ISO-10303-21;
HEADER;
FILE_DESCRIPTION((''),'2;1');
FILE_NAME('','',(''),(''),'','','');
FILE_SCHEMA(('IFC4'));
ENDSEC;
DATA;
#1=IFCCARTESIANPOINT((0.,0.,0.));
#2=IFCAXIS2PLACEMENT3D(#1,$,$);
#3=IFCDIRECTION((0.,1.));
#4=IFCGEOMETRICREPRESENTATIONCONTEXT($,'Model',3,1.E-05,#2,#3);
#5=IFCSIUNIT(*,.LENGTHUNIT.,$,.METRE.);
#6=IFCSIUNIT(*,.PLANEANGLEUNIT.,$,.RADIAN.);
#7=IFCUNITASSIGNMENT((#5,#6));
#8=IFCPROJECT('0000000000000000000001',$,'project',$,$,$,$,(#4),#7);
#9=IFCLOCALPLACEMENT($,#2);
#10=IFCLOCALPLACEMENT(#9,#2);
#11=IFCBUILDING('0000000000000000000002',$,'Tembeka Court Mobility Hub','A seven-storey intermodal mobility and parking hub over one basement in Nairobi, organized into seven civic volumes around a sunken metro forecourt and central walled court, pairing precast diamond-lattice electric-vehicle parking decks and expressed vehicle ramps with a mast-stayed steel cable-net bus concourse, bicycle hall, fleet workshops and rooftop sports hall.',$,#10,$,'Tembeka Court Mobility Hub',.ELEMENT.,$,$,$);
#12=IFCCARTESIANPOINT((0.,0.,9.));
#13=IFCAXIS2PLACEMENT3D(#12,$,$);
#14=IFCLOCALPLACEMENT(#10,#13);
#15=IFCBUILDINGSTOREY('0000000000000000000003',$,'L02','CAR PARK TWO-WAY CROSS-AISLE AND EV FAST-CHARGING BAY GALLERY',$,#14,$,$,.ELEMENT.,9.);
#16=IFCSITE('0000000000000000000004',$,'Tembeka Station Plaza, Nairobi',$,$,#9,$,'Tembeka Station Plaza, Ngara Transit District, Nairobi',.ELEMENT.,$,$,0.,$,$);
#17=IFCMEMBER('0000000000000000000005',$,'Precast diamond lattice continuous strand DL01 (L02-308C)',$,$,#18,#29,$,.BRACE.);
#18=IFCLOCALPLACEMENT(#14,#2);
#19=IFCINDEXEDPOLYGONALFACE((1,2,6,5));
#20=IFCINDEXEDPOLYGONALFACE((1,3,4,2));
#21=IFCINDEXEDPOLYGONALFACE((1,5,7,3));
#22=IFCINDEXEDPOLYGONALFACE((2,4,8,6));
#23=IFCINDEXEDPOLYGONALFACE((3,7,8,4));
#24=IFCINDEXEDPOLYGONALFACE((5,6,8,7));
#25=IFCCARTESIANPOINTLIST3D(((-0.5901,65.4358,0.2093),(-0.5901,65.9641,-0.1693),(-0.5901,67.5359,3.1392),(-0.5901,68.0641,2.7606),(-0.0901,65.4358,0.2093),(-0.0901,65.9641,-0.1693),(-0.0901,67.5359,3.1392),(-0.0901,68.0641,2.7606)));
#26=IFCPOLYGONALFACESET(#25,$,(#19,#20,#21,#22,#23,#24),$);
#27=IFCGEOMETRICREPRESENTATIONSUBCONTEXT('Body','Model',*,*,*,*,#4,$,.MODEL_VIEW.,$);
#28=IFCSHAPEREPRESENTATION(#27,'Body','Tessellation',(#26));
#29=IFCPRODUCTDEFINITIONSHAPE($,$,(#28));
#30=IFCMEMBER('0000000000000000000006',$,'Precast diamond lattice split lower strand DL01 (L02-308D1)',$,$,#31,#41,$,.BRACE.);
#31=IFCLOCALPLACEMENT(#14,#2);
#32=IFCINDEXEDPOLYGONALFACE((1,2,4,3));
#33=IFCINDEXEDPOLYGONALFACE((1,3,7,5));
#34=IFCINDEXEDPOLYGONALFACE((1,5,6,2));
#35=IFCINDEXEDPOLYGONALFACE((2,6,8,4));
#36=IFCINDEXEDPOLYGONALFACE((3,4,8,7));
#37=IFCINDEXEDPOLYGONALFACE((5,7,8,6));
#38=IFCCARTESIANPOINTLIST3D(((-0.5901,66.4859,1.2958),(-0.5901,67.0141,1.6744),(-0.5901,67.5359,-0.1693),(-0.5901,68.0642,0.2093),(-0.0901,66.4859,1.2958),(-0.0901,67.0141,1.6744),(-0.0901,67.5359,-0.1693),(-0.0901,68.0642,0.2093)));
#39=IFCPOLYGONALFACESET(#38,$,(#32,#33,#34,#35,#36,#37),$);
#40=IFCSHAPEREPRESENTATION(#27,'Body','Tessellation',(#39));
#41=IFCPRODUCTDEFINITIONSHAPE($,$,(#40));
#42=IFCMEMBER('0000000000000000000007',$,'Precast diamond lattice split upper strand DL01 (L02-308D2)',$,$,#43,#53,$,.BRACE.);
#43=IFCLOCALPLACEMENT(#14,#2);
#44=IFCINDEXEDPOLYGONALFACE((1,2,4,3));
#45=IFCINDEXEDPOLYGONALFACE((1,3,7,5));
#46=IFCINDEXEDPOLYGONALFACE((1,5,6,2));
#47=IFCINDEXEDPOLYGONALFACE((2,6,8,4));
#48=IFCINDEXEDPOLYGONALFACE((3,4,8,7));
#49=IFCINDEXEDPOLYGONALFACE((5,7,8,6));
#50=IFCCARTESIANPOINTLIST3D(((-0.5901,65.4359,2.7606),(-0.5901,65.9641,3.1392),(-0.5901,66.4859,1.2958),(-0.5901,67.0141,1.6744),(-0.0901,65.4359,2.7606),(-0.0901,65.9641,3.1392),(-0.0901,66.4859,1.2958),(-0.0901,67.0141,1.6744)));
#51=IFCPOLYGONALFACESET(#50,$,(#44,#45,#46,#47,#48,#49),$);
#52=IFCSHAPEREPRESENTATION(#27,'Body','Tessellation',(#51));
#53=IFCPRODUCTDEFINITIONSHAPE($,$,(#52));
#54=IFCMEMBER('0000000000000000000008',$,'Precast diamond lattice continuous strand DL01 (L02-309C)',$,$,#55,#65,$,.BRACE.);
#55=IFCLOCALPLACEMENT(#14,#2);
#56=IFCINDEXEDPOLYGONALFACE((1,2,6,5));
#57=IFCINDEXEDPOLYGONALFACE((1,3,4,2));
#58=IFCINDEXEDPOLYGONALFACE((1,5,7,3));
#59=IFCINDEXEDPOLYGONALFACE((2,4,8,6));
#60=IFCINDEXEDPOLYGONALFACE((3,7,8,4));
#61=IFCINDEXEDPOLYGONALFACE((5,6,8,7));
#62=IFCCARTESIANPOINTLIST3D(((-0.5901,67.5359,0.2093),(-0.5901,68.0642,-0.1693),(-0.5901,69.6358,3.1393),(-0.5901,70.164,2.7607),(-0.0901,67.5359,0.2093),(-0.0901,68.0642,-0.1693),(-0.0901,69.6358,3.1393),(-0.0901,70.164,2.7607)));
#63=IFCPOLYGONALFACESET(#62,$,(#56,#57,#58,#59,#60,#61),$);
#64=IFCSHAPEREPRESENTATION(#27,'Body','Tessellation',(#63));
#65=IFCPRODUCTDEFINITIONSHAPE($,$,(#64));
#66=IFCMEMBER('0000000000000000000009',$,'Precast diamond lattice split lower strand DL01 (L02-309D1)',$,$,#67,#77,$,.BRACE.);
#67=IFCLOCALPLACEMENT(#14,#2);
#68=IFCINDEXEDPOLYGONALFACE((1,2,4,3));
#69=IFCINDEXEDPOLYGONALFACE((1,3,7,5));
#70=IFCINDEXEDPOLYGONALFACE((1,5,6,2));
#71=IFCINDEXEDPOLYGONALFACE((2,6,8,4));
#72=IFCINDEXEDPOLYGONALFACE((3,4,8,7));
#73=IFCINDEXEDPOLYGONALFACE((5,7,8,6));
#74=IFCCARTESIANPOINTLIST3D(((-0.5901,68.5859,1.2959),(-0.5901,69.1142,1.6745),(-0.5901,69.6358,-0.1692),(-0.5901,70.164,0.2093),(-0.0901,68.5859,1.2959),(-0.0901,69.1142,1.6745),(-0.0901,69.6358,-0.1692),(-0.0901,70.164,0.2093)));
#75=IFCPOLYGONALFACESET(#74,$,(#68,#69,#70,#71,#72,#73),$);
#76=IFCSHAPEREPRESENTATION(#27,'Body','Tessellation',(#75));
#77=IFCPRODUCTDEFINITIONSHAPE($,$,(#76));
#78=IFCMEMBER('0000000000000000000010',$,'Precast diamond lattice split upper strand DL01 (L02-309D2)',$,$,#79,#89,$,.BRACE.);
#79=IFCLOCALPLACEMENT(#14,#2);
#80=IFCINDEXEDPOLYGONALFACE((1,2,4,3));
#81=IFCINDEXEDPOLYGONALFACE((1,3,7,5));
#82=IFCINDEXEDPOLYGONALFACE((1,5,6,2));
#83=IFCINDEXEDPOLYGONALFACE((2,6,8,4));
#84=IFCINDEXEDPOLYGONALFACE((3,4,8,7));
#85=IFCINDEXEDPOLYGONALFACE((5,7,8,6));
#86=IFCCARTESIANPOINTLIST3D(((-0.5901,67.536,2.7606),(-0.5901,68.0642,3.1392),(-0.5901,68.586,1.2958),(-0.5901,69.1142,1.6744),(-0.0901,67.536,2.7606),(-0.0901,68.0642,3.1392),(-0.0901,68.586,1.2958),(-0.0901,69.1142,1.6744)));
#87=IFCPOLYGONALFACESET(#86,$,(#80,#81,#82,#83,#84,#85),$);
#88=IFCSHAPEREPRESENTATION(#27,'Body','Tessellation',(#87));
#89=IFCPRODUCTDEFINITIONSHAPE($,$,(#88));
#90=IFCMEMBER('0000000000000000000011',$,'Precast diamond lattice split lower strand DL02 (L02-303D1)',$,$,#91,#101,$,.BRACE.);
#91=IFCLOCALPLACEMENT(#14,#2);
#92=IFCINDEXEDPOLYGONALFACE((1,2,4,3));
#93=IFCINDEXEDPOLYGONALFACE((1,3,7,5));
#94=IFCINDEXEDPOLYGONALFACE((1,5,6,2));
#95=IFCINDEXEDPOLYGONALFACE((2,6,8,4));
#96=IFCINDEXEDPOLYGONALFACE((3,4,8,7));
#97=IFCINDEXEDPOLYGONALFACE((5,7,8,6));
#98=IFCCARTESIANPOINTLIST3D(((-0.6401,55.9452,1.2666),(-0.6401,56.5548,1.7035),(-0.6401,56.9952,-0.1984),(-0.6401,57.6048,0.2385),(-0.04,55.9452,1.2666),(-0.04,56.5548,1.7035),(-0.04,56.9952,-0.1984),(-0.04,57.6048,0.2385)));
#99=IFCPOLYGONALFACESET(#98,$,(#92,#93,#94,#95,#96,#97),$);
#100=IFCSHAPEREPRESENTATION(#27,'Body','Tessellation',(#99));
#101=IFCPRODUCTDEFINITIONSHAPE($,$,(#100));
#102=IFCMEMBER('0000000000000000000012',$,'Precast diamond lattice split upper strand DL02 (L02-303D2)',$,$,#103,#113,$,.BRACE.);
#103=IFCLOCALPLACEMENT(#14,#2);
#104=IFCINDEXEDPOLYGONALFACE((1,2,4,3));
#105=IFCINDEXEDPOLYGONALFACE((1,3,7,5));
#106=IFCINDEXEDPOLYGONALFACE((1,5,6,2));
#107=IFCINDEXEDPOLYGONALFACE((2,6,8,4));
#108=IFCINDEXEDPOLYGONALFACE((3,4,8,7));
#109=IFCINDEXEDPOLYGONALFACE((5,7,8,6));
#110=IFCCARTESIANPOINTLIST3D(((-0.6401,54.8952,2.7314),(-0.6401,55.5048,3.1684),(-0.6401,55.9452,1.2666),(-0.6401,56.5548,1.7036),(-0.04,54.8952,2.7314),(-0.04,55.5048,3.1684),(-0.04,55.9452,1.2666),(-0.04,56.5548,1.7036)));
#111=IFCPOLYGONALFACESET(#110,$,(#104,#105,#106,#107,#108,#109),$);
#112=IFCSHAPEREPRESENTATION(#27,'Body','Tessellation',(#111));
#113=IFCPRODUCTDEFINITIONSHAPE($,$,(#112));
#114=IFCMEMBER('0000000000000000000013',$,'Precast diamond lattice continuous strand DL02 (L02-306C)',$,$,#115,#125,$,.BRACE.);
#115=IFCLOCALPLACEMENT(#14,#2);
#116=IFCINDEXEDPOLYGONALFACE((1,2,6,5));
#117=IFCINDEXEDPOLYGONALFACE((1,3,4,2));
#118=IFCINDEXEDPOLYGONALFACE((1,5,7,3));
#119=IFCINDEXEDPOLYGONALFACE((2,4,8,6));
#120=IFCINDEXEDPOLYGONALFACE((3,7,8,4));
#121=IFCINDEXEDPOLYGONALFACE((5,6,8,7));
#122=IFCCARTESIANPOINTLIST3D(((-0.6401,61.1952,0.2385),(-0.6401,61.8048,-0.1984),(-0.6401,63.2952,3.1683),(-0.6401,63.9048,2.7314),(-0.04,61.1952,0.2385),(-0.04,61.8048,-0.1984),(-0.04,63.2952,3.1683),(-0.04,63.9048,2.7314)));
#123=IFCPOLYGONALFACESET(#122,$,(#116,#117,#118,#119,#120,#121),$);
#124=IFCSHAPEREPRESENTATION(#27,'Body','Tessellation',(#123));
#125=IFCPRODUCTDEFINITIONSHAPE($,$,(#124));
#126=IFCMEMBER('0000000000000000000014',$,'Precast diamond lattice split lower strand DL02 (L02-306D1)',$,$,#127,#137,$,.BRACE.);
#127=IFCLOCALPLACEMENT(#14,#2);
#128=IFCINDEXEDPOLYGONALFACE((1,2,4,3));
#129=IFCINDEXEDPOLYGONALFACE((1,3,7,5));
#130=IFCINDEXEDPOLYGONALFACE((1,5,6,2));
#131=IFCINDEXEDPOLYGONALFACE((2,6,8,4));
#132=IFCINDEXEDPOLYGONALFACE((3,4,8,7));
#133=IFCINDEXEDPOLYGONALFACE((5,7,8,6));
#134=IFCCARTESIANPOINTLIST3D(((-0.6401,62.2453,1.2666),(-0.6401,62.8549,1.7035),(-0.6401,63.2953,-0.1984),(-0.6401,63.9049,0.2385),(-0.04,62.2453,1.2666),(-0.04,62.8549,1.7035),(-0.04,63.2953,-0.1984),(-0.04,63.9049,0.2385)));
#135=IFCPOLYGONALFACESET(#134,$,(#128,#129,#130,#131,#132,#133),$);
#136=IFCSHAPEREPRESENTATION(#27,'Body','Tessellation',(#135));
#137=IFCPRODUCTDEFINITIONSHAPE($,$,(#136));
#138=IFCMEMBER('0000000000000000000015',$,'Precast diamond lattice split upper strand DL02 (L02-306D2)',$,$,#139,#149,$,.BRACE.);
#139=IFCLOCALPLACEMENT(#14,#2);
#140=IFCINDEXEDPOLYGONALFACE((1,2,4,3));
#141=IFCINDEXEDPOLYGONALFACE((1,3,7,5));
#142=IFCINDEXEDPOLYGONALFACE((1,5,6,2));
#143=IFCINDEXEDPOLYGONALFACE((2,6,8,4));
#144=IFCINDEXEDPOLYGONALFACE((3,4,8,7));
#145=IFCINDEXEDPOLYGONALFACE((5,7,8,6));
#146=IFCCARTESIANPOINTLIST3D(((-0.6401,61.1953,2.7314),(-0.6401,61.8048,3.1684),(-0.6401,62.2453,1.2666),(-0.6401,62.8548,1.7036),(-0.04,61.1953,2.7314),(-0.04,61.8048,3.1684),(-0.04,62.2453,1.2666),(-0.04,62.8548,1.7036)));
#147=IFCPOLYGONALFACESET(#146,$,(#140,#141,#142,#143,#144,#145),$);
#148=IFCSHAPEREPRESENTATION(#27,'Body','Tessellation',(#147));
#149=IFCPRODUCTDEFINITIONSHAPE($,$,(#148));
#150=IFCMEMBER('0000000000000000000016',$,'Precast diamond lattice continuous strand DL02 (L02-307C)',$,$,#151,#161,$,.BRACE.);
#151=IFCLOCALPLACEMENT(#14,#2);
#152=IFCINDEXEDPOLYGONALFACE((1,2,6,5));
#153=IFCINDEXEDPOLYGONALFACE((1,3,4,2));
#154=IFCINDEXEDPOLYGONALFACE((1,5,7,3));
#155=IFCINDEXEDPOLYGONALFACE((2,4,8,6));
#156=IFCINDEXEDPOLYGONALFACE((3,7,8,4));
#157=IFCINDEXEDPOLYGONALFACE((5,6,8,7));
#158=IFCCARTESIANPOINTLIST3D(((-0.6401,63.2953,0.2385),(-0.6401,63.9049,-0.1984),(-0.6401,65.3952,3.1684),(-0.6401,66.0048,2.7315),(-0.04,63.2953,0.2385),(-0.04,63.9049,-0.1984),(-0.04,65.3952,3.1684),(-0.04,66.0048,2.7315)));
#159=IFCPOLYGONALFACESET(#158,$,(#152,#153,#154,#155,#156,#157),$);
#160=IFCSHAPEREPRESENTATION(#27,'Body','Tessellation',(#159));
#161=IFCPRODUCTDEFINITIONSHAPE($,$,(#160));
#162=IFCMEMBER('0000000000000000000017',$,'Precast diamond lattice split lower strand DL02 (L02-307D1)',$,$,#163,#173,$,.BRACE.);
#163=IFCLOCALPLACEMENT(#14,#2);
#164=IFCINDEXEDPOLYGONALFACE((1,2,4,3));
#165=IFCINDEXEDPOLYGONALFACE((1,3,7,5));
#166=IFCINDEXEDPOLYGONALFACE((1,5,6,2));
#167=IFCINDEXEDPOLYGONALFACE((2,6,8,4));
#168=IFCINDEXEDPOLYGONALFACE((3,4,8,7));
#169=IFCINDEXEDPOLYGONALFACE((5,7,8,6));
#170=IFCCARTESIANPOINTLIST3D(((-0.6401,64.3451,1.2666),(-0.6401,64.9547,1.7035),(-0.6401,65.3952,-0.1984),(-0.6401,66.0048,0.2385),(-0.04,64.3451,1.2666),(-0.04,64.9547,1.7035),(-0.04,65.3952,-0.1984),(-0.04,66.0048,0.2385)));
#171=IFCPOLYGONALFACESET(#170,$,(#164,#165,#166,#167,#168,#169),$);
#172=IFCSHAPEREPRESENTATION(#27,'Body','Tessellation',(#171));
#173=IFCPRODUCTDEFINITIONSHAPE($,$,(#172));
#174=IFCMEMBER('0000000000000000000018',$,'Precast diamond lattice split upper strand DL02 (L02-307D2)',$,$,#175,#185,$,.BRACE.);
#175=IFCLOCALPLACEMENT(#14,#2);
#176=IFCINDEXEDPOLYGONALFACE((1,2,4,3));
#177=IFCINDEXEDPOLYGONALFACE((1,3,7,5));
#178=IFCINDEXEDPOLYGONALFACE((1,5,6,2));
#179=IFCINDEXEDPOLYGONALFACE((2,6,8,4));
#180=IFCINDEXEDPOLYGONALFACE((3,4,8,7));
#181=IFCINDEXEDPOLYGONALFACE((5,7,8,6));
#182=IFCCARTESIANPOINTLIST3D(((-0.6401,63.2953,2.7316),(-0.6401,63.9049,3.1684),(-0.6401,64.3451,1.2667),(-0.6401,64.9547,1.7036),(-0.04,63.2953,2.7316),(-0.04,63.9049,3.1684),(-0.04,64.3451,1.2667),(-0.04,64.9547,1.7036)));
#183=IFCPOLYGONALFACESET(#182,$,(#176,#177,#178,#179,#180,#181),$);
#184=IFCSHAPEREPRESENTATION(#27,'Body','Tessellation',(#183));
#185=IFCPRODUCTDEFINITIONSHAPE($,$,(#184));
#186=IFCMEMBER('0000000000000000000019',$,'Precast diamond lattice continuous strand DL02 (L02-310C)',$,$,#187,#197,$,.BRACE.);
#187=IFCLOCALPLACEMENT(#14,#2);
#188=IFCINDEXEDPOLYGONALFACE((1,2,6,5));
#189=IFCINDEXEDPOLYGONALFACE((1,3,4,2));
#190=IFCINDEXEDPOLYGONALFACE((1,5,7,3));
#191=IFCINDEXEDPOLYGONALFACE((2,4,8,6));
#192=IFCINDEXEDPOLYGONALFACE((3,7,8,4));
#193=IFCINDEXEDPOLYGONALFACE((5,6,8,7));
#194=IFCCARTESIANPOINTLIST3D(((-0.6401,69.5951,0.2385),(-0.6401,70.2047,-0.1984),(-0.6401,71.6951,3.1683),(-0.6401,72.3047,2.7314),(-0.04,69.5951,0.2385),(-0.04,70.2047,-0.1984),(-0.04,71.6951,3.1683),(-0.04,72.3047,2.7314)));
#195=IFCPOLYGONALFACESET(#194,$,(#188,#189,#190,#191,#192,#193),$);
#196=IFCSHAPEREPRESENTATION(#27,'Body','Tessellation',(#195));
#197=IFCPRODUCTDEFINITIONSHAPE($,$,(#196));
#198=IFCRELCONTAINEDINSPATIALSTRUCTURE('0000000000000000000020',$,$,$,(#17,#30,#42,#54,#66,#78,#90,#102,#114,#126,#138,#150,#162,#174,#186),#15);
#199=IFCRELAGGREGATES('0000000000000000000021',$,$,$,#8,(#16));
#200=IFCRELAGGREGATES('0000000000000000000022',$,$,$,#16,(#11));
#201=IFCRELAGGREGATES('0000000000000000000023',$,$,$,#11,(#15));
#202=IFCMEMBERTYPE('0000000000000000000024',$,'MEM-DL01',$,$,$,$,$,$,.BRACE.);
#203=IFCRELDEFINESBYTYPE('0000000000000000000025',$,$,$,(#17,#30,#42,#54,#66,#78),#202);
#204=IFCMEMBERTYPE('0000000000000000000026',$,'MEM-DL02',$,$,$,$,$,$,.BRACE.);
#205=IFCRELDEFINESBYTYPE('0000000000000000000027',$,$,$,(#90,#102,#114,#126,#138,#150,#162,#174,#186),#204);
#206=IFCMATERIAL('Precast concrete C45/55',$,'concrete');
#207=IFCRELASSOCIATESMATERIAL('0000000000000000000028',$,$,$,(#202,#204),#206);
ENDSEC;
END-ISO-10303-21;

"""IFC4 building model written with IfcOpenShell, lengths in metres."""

from ifc_helpers import new_model, si_unit, direction, frame, origin, origin_2d, place, context, subcontext, project, spatial, rectangle, extrude, material, material_profile, profile_set, type_object, element, save


model = new_model("IFC4")

# Units and contexts
model_context = context("Model", 3, precision=1e-05, world=origin(), true_north=direction((0.0, 1.0)))
body_context = subcontext(model_context, "Body", "Model", "MODEL_VIEW")
ifc_project = project(units=[si_unit("LENGTHUNIT", "METRE"), si_unit("PLANEANGLEUNIT", "RADIAN")], contexts=[model_context])

# Site, building, storey
site_placement = place(None, origin())
site = spatial("IfcSite", under=ifc_project, at=site_placement, Name="Tembeka Station Plaza, Nairobi", LongName="Tembeka Station Plaza, Ngara Transit District, Nairobi", CompositionType="ELEMENT", RefElevation=0.0)
building_placement = place(site_placement, origin())
building = spatial("IfcBuilding", under=site, at=building_placement, Name="Tembeka Court Mobility Hub", Description="A seven-storey intermodal mobility and parking hub over one basement in Nairobi, organized into seven civic volumes around a sunken metro forecourt and central walled court, pairing precast diamond-lattice electric-vehicle parking decks and expressed vehicle ramps with a mast-stayed steel cable-net bus concourse, bicycle hall, fleet workshops and rooftop sports hall.", LongName="Tembeka Court Mobility Hub", CompositionType="ELEMENT")
storey_placement = place(building_placement, frame((0.0, 0.0, 9.0)))
storey = spatial("IfcBuildingStorey", under=building, at=storey_placement, Name="L02", Description="CAR PARK TWO-WAY CROSS-AISLE AND EV FAST-CHARGING BAY GALLERY", CompositionType="ELEMENT", Elevation=9.0)

# Shared definitions
ifc_material_1 = material(Name="Precast concrete C45/55", Category="concrete")

# Members
ifc_material_profile_1 = material_profile(ifc_material_1, rectangle(XDim=0.5, YDim=0.6499, at=origin_2d()), Name="PC-DIAG 500x650")
ifc_profile_set_1 = profile_set([ifc_material_profile_1], Name="Precast concrete C45/55")
member_type_1 = type_object("IfcMemberType", Name="MEM-DL01", PredefinedType="BRACE", material=ifc_profile_set_1)
member_1_placement = place(storey_placement, frame((-0.3401, 65.7, 0.02), z_axis=(0.0, 0.582576, 0.812776), x_axis=(-1.0, 0.0, 0.0)))
element("IfcMember", 1, at=member_1_placement, inside=storey, type_object=member_type_1, Name="Precast diamond lattice continuous strand DL01 (L02-308C)", PredefinedType="BRACE", context=body_context, shape_type="SweptSolid", body=[
    extrude(rectangle(XDim=0.5, YDim=0.6499, at=origin_2d()), origin(), (0.0, 0.0, 1.0), 3.6047),
])
member_2_placement = place(storey_placement, frame((-0.3401, 67.8, 0.02), z_axis=(0.0, -0.582544, 0.812799), x_axis=(1.0, 0.0, 0.0)))
element("IfcMember", 2, at=member_2_placement, inside=storey, type_object=member_type_1, Name="Precast diamond lattice split lower strand DL01 (L02-308D1)", PredefinedType="BRACE", context=body_context, shape_type="SweptSolid", body=[
    extrude(rectangle(XDim=0.5, YDim=0.6499, at=origin_2d()), origin(), (0.0, 0.0, 1.0), 1.8025),
])
member_3_placement = place(storey_placement, frame((-0.3401, 66.75, 1.4851), z_axis=(0.0, -0.582608, 0.812753), x_axis=(1.0, 0.0, 0.0)))
element("IfcMember", 3, at=member_3_placement, inside=storey, type_object=member_type_1, Name="Precast diamond lattice split upper strand DL01 (L02-308D2)", PredefinedType="BRACE", context=body_context, shape_type="SweptSolid", body=[
    extrude(rectangle(XDim=0.5, YDim=0.6499, at=origin_2d()), origin(), (0.0, 0.0, 1.0), 1.8022),
])
member_4_placement = place(storey_placement, frame((-0.3401, 67.8, 0.02), z_axis=(0.0, 0.582532, 0.812808), x_axis=(-1.0, 0.0, 0.0)))
element("IfcMember", 4, at=member_4_placement, inside=storey, type_object=member_type_1, Name="Precast diamond lattice continuous strand DL01 (L02-309C)", PredefinedType="BRACE", context=body_context, shape_type="SweptSolid", body=[
    extrude(rectangle(XDim=0.5, YDim=0.6499, at=origin_2d()), origin(), (0.0, 0.0, 1.0), 3.6047),
])
member_5_placement = place(storey_placement, frame((-0.3401, 69.8999, 0.02), z_axis=(0.0, -0.582455, 0.812863), x_axis=(1.0, 0.0, 0.0)))
element("IfcMember", 5, at=member_5_placement, inside=storey, type_object=member_type_1, Name="Precast diamond lattice split lower strand DL01 (L02-309D1)", PredefinedType="BRACE", context=body_context, shape_type="SweptSolid", body=[
    extrude(rectangle(XDim=0.5, YDim=0.6499, at=origin_2d()), origin(), (0.0, 0.0, 1.0), 1.8025),
])
member_6_placement = place(storey_placement, frame((-0.3401, 68.8501, 1.4851), z_axis=(0.0, -0.582608, 0.812753), x_axis=(1.0, 0.0, 0.0)))
element("IfcMember", 6, at=member_6_placement, inside=storey, type_object=member_type_1, Name="Precast diamond lattice split upper strand DL01 (L02-309D2)", PredefinedType="BRACE", context=body_context, shape_type="SweptSolid", body=[
    extrude(rectangle(XDim=0.5, YDim=0.6499, at=origin_2d()), origin(), (0.0, 0.0, 1.0), 1.8022),
])
ifc_material_profile_2 = material_profile(ifc_material_1, rectangle(XDim=0.6001, YDim=0.75, at=origin_2d()), Name="PC-DIAG 600x750")
ifc_profile_set_2 = profile_set([ifc_material_profile_2], Name="Precast concrete C45/55")
member_type_2 = type_object("IfcMemberType", Name="MEM-DL02", PredefinedType="BRACE", material=ifc_profile_set_2)
member_7_placement = place(storey_placement, frame((-0.3401, 57.3, 0.02), z_axis=(0.0, -0.582544, 0.812799), x_axis=(1.0, 0.0, 0.0)))
element("IfcMember", 7, at=member_7_placement, inside=storey, type_object=member_type_2, Name="Precast diamond lattice split lower strand DL02 (L02-303D1)", PredefinedType="BRACE", context=body_context, shape_type="SweptSolid", body=[
    extrude(rectangle(XDim=0.6001, YDim=0.75, at=origin_2d()), origin(), (0.0, 0.0, 1.0), 1.8025),
])
member_8_placement = place(storey_placement, frame((-0.3401, 56.25, 1.4851), z_axis=(0.0, -0.582608, 0.812753), x_axis=(1.0, 0.0, 0.0)))
element("IfcMember", 8, at=member_8_placement, inside=storey, type_object=member_type_2, Name="Precast diamond lattice split upper strand DL02 (L02-303D2)", PredefinedType="BRACE", context=body_context, shape_type="SweptSolid", body=[
    extrude(rectangle(XDim=0.6001, YDim=0.75, at=origin_2d()), origin(), (0.0, 0.0, 1.0), 1.8022),
])
member_9_placement = place(storey_placement, frame((-0.3401, 61.5, 0.02), z_axis=(0.0, 0.582576, 0.812776), x_axis=(-1.0, 0.0, 0.0)))
element("IfcMember", 9, at=member_9_placement, inside=storey, type_object=member_type_2, Name="Precast diamond lattice continuous strand DL02 (L02-306C)", PredefinedType="BRACE", context=body_context, shape_type="SweptSolid", body=[
    extrude(rectangle(XDim=0.6001, YDim=0.75, at=origin_2d()), origin(), (0.0, 0.0, 1.0), 3.6047),
])
member_10_placement = place(storey_placement, frame((-0.3401, 63.6001, 0.02), z_axis=(0.0, -0.582544, 0.812799), x_axis=(1.0, 0.0, 0.0)))
element("IfcMember", 10, at=member_10_placement, inside=storey, type_object=member_type_2, Name="Precast diamond lattice split lower strand DL02 (L02-306D1)", PredefinedType="BRACE", context=body_context, shape_type="SweptSolid", body=[
    extrude(rectangle(XDim=0.6001, YDim=0.75, at=origin_2d()), origin(), (0.0, 0.0, 1.0), 1.8025),
])
member_11_placement = place(storey_placement, frame((-0.3401, 62.55, 1.4851), z_axis=(0.0, -0.582608, 0.812753), x_axis=(1.0, 0.0, 0.0)))
element("IfcMember", 11, at=member_11_placement, inside=storey, type_object=member_type_2, Name="Precast diamond lattice split upper strand DL02 (L02-306D2)", PredefinedType="BRACE", context=body_context, shape_type="SweptSolid", body=[
    extrude(rectangle(XDim=0.6001, YDim=0.75, at=origin_2d()), origin(), (0.0, 0.0, 1.0), 1.8022),
])
member_12_placement = place(storey_placement, frame((-0.3401, 63.6001, 0.02), z_axis=(0.0, 0.582532, 0.812808), x_axis=(-1.0, 0.0, 0.0)))
element("IfcMember", 12, at=member_12_placement, inside=storey, type_object=member_type_2, Name="Precast diamond lattice continuous strand DL02 (L02-307C)", PredefinedType="BRACE", context=body_context, shape_type="SweptSolid", body=[
    extrude(rectangle(XDim=0.6001, YDim=0.75, at=origin_2d()), origin(), (0.0, 0.0, 1.0), 3.6047),
])
member_13_placement = place(storey_placement, frame((-0.3401, 65.7, 0.02), z_axis=(0.0, -0.582544, 0.812799), x_axis=(1.0, 0.0, 0.0)))
element("IfcMember", 13, at=member_13_placement, inside=storey, type_object=member_type_2, Name="Precast diamond lattice split lower strand DL02 (L02-307D1)", PredefinedType="BRACE", context=body_context, shape_type="SweptSolid", body=[
    extrude(rectangle(XDim=0.6001, YDim=0.75, at=origin_2d()), origin(), (0.0, 0.0, 1.0), 1.8025),
])
member_14_placement = place(storey_placement, frame((-0.3401, 64.6499, 1.4851), z_axis=(0.0, -0.582519, 0.812817), x_axis=(1.0, 0.0, 0.0)))
element("IfcMember", 14, at=member_14_placement, inside=storey, type_object=member_type_2, Name="Precast diamond lattice split upper strand DL02 (L02-307D2)", PredefinedType="BRACE", context=body_context, shape_type="SweptSolid", body=[
    extrude(rectangle(XDim=0.6001, YDim=0.75, at=origin_2d()), origin(), (0.0, 0.0, 1.0), 1.8022),
])
member_15_placement = place(storey_placement, frame((-0.3401, 69.8999, 0.02), z_axis=(0.0, 0.582576, 0.812776), x_axis=(-1.0, 0.0, 0.0)))
element("IfcMember", 15, at=member_15_placement, inside=storey, type_object=member_type_2, Name="Precast diamond lattice continuous strand DL02 (L02-310C)", PredefinedType="BRACE", context=body_context, shape_type="SweptSolid", body=[
    extrude(rectangle(XDim=0.6001, YDim=0.75, at=origin_2d()), origin(), (0.0, 0.0, 1.0), 3.6047),
])

save(model, "model.ifc")
